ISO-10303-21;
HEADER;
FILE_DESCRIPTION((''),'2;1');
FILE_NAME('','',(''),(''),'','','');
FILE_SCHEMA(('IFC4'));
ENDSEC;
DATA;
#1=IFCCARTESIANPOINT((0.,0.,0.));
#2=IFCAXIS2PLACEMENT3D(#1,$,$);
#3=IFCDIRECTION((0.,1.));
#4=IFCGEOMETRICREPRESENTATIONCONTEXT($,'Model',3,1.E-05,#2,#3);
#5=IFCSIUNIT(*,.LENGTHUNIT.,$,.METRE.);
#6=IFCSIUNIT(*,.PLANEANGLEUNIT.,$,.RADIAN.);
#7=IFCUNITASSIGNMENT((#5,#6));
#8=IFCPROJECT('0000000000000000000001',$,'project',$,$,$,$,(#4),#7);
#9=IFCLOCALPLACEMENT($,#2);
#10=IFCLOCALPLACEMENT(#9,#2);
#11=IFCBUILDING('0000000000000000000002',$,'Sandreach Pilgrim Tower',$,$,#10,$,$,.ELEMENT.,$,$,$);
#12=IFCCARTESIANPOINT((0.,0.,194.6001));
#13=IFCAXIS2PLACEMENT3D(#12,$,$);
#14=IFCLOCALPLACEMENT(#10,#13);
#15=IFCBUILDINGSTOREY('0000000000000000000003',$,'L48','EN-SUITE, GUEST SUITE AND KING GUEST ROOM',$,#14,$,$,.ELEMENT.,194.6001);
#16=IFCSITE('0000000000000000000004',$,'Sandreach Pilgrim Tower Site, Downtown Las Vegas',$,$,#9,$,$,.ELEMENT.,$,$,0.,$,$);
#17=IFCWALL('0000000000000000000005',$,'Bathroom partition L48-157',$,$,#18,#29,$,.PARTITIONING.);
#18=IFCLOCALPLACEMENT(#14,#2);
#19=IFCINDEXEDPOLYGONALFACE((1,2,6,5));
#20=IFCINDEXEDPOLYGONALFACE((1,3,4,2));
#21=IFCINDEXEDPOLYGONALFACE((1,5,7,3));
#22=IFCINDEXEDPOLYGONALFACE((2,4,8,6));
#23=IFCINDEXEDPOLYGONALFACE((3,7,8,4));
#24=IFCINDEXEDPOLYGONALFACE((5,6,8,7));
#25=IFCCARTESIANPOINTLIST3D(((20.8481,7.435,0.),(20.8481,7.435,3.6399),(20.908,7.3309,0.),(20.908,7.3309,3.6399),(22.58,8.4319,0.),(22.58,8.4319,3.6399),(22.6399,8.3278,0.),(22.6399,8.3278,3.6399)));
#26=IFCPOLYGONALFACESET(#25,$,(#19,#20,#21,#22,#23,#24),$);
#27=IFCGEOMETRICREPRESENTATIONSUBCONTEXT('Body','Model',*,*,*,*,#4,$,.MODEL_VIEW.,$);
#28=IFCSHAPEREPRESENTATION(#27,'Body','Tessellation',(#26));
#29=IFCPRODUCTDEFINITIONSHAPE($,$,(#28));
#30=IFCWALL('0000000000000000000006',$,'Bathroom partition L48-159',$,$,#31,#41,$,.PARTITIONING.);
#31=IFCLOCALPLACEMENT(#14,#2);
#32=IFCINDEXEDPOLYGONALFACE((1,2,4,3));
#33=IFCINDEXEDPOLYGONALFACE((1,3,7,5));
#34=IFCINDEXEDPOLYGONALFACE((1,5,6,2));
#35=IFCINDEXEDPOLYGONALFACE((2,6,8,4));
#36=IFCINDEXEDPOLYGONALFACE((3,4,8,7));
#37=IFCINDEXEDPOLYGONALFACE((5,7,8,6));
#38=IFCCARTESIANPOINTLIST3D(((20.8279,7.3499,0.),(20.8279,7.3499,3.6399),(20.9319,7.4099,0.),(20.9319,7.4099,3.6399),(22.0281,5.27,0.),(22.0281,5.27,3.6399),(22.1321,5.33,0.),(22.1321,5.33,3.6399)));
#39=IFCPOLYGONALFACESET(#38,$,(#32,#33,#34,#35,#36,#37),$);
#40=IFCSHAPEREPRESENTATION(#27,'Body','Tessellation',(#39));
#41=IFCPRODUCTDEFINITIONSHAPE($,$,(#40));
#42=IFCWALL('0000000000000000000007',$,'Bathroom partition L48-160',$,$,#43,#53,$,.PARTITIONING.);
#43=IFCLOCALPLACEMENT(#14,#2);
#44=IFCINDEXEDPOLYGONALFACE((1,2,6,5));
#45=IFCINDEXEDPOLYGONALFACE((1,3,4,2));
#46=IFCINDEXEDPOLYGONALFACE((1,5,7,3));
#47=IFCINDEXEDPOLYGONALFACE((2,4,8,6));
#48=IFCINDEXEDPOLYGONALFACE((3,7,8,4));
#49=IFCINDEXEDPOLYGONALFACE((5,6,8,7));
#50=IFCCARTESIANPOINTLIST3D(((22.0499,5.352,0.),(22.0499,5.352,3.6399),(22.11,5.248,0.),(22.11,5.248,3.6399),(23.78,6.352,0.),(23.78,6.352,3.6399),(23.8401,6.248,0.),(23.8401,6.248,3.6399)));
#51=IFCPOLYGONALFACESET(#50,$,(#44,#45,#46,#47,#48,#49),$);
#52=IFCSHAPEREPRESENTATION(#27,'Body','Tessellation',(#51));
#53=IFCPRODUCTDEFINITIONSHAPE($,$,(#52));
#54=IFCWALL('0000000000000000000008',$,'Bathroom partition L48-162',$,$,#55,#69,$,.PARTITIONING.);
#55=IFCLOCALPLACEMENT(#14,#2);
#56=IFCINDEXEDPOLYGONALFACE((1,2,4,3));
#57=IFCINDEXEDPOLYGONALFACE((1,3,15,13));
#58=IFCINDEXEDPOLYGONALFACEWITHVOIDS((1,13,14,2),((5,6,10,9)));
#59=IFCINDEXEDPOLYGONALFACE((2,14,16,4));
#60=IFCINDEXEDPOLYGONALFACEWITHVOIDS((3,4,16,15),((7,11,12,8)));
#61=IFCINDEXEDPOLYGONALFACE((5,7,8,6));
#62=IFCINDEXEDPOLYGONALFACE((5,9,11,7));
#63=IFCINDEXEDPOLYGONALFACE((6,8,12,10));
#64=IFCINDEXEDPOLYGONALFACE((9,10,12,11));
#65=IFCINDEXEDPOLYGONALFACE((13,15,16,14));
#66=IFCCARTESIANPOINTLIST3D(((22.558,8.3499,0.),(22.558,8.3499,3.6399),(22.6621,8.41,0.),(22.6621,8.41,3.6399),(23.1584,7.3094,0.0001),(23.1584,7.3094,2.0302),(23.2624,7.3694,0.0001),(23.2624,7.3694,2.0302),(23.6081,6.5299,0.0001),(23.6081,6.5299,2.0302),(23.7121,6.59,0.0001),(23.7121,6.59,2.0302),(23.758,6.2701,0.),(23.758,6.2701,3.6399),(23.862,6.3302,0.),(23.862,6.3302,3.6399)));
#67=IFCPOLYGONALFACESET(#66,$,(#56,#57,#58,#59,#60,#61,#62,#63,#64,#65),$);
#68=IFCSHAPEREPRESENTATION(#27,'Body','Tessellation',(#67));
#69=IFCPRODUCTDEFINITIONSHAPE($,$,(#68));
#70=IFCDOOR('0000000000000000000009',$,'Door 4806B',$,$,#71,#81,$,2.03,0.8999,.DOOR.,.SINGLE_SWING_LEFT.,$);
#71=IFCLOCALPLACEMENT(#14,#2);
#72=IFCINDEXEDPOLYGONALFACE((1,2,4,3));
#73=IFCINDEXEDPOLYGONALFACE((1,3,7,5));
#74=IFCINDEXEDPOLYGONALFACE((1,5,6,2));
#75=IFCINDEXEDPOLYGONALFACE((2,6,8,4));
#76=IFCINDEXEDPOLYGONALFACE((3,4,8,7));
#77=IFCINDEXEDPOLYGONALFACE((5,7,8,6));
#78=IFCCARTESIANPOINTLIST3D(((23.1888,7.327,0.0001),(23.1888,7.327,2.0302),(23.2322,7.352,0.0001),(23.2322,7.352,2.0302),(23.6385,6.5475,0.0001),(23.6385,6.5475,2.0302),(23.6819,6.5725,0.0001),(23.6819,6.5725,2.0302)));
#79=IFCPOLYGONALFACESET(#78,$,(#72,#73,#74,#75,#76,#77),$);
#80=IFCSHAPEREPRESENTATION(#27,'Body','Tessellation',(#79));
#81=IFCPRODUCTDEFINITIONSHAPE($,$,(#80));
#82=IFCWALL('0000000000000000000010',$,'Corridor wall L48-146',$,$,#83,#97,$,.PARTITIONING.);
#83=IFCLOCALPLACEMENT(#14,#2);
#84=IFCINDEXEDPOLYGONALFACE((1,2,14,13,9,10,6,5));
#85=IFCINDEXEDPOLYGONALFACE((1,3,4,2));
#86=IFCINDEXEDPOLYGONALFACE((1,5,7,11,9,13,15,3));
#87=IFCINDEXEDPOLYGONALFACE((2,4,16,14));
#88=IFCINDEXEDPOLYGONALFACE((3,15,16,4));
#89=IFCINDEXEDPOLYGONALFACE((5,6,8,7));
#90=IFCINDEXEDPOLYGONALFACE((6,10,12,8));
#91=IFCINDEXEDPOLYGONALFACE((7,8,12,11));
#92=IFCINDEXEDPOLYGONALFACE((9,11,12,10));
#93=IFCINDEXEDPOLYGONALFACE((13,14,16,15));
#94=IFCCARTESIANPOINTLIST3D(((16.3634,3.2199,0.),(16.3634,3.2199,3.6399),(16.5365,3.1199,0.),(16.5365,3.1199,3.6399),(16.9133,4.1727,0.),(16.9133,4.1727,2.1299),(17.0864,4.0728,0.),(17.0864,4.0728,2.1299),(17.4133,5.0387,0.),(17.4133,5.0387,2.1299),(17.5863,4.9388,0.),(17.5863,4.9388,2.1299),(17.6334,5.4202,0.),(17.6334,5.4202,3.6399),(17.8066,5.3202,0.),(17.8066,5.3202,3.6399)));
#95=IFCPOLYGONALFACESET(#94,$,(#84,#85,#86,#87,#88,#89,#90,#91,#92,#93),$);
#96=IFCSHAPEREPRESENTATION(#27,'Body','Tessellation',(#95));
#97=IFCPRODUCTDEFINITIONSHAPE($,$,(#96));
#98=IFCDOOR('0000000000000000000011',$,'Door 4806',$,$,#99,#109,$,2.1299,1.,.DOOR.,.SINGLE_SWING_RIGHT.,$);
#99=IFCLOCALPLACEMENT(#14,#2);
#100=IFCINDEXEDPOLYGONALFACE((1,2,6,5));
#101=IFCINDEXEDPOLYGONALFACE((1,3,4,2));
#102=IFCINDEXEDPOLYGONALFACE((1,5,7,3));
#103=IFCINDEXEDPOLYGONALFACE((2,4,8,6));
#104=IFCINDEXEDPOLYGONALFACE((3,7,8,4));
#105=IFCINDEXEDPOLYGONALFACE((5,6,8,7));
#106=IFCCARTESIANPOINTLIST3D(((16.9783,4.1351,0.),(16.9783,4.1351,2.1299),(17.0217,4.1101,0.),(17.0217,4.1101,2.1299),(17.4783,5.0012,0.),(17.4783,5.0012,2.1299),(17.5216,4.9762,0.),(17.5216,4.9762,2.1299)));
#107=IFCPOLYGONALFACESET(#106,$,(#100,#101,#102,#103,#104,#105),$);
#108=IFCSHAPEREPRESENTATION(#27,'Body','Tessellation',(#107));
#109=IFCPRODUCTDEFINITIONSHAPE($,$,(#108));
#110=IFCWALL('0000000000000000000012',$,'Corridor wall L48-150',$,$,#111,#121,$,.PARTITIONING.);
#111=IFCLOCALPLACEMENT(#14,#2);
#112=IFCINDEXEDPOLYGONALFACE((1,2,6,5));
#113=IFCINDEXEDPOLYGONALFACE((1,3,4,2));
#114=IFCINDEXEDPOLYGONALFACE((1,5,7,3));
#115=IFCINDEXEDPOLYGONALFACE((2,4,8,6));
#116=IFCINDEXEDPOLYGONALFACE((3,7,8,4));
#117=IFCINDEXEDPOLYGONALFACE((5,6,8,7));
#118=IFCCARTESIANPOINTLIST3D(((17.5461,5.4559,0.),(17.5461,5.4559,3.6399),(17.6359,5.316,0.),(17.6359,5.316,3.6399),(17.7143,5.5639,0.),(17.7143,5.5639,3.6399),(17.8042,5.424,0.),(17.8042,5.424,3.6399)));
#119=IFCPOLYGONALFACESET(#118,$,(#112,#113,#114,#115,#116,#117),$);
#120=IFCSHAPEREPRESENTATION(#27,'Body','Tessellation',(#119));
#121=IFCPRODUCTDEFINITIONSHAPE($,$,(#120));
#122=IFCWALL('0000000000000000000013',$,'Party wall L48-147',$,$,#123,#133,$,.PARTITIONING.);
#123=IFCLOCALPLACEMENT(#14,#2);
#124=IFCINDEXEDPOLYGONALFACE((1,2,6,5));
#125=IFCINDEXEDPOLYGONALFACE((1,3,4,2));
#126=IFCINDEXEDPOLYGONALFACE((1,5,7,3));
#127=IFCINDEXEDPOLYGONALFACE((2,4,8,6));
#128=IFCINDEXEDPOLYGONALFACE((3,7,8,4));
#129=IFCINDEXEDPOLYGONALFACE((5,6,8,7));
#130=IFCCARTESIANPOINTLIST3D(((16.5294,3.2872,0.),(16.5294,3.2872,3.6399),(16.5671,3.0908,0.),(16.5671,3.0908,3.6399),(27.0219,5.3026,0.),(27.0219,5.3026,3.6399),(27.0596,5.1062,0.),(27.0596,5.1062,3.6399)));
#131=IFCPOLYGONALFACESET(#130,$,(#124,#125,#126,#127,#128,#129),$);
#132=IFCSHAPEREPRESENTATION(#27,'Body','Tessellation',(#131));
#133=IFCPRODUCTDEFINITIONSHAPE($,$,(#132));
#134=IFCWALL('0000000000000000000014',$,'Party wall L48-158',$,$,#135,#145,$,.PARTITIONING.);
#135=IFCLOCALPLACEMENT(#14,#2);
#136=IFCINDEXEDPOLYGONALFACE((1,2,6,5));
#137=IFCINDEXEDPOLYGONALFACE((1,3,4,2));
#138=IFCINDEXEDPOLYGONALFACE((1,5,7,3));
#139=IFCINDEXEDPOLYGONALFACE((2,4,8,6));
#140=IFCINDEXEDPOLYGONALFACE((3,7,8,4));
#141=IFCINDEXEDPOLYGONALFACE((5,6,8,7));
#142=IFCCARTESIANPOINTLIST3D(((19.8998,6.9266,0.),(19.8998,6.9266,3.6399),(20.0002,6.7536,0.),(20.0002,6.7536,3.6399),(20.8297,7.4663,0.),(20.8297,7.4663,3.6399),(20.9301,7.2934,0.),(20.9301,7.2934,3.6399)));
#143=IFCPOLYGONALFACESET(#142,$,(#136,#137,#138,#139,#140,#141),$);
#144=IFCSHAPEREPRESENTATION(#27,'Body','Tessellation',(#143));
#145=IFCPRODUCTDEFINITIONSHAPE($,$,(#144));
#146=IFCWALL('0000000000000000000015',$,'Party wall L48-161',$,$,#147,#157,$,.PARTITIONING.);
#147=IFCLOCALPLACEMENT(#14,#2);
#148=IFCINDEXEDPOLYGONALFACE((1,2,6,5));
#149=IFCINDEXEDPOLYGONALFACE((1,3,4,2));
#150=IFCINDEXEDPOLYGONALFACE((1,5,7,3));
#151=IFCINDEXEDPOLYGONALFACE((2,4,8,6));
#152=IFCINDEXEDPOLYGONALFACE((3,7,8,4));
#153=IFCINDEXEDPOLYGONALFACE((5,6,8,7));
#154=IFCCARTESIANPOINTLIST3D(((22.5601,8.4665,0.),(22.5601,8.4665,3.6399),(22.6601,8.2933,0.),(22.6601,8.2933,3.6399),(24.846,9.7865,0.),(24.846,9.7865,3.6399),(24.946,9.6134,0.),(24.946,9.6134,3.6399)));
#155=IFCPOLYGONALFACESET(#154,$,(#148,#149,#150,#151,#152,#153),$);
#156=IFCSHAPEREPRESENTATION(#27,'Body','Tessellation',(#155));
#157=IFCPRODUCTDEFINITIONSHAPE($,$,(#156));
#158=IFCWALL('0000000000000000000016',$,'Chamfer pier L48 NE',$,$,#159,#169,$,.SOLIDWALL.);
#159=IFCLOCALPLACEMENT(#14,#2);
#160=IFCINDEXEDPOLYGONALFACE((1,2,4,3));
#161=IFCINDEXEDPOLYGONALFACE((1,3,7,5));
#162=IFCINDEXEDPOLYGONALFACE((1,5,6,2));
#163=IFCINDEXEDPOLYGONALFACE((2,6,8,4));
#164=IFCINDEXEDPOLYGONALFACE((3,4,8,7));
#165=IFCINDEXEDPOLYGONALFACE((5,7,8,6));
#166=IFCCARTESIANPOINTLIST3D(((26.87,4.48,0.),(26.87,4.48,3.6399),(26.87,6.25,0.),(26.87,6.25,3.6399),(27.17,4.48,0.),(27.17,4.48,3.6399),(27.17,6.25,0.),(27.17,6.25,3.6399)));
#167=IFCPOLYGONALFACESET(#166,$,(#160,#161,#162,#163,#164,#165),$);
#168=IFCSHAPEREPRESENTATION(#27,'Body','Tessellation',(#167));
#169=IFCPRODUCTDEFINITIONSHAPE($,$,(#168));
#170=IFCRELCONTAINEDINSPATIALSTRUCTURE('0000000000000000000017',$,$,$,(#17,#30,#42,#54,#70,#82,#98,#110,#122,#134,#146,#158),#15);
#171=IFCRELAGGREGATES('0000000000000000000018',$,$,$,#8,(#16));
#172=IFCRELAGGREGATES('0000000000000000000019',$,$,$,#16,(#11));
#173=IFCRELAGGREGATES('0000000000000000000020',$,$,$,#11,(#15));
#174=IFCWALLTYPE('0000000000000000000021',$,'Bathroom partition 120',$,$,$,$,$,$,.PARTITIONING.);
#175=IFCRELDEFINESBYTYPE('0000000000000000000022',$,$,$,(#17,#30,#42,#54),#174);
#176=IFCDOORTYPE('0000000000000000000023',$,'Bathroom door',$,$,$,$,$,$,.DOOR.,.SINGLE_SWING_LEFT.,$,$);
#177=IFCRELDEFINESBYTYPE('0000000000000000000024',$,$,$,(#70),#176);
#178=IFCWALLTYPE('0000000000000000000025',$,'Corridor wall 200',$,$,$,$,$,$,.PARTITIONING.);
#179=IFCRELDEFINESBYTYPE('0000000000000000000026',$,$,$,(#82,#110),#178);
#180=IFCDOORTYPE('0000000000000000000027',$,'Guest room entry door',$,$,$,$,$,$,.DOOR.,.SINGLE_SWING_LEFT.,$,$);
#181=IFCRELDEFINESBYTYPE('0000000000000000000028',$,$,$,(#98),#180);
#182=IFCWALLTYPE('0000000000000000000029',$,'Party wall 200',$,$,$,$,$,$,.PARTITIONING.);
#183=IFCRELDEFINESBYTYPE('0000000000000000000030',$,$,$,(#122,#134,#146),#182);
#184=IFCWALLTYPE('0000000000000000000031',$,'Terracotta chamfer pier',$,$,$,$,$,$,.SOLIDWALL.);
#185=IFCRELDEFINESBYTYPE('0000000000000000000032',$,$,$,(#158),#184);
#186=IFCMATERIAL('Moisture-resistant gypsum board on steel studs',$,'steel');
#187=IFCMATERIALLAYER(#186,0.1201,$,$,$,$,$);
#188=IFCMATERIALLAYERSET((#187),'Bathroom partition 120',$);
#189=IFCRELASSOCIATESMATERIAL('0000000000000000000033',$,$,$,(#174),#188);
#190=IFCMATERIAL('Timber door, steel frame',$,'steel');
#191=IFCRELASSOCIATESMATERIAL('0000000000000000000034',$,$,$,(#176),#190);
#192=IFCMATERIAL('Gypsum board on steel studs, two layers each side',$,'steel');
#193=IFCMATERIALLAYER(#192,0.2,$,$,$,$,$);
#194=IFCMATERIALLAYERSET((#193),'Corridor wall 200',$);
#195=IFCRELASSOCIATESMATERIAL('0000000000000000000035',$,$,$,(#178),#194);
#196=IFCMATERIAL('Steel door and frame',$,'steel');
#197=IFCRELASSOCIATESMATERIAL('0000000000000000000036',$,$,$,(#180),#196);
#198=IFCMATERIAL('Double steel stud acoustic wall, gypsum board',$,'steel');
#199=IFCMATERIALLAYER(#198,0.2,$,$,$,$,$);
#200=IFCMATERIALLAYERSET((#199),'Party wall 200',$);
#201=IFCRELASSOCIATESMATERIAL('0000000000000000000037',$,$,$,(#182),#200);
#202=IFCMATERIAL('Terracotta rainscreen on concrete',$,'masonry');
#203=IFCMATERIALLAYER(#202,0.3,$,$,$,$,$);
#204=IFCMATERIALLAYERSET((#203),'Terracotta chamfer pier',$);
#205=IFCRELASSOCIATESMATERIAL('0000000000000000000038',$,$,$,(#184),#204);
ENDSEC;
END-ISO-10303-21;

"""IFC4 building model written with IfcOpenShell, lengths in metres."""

from ifc_helpers import new_model, si_unit, direction, frame, frame_2d, origin, place, context, subcontext, project, spatial, rectangle, extrude, material, layer, layer_set, type_object, element, fill, save


model = new_model("IFC4")

# Units and contexts
model_context = context("Model", 3, precision=1e-05, world=origin(), true_north=direction((0.0, 1.0)))
body_context = subcontext(model_context, "Body", "Model", "MODEL_VIEW")
ifc_project = project(units=[si_unit("LENGTHUNIT", "METRE"), si_unit("PLANEANGLEUNIT", "RADIAN")], contexts=[model_context])

# Site, building, storey
site_placement = place(None, origin())
site = spatial("IfcSite", under=ifc_project, at=site_placement, Name="Sandreach Pilgrim Tower Site, Downtown Las Vegas", CompositionType="ELEMENT", RefElevation=0.0)
building_placement = place(site_placement, origin())
building = spatial("IfcBuilding", under=site, at=building_placement, Name="Sandreach Pilgrim Tower", CompositionType="ELEMENT")
storey_placement = place(building_placement, frame((0.0, 0.0, 194.6001)))
storey = spatial("IfcBuildingStorey", under=building, at=storey_placement, Name="L48", Description="EN-SUITE, GUEST SUITE AND KING GUEST ROOM", CompositionType="ELEMENT", Elevation=194.6001)

# Shared definitions
ifc_material_1 = material(Name="Moisture-resistant gypsum board on steel studs", Category="steel")
ifc_layer_1 = layer(ifc_material_1, 0.1201)
ifc_layer_set_1 = layer_set([ifc_layer_1], Name="Bathroom partition 120")
wall_type_1 = type_object("IfcWallType", Name="Bathroom partition 120", PredefinedType="PARTITIONING", material=ifc_layer_set_1)

# Shared definitions
ifc_material_2 = material(Name="Timber door, steel frame", Category="steel")
door_type_1 = type_object("IfcDoorType", Name="Bathroom door", OperationType="SINGLE_SWING_LEFT", PredefinedType="DOOR", material=ifc_material_2)

# Walls
wall_1_placement = place(storey_placement, frame((20.8782, 7.3831, 0.0), z_axis=(0.0, 0.0, 1.0), x_axis=(0.866698, 0.498834, 0.0)))
element("IfcWall", 1, at=wall_1_placement, inside=storey, type_object=wall_type_1, Name="Bathroom partition L48-157", PredefinedType="PARTITIONING", context=body_context, shape_type="SweptSolid", body=[
    extrude(rectangle(XDim=1.9983, YDim=0.1201, at=frame_2d((0.999, 0.0))), origin(), (0.0, 0.0, 1.0), 3.6399),
])
wall_2_placement = place(storey_placement, frame((20.8799, 7.3799, 0.0), z_axis=(0.0, 0.0, 1.0), x_axis=(0.499813, -0.866133, 0.0)))
element("IfcWall", 2, at=wall_2_placement, inside=storey, type_object=wall_type_1, Name="Bathroom partition L48-159", PredefinedType="PARTITIONING", context=body_context, shape_type="SweptSolid", body=[
    extrude(rectangle(XDim=2.4014, YDim=0.1201, at=frame_2d((1.2007, 0.0))), origin(), (0.0, 0.0, 1.0), 3.6399),
])
wall_3_placement = place(storey_placement, frame((22.0801, 5.3, 0.0), z_axis=(0.0, 0.0, 1.0), x_axis=(0.865766, 0.500449, 0.0)))
element("IfcWall", 3, at=wall_3_placement, inside=storey, type_object=wall_type_1, Name="Bathroom partition L48-160", PredefinedType="PARTITIONING", context=body_context, shape_type="SweptSolid", body=[
    extrude(rectangle(XDim=1.9983, YDim=0.1201, at=frame_2d((0.999, 0.0))), origin(), (0.0, 0.0, 1.0), 3.6399),
])

# Walls, openings, doors
wall_4_placement = place(storey_placement, frame((23.8101, 6.3, 0.0), z_axis=(0.0, 0.0, 1.0), x_axis=(-0.499737, 0.866177, 0.0)))
wall_4 = element("IfcWall", 4, at=wall_4_placement, inside=storey, type_object=wall_type_1, Name="Bathroom partition L48-162", PredefinedType="PARTITIONING", context=body_context, shape_type="SweptSolid", body=[
    extrude(rectangle(XDim=2.4011, YDim=0.1201, at=frame_2d((1.2007, 0.0))), origin(), (0.0, 0.0, 1.0), 3.6399),
])
opening_1_placement = place(wall_4_placement, frame((0.3, 0.0, 0.0)))
opening_1 = element("IfcOpeningElement", 5, at=opening_1_placement, cuts=wall_4, PredefinedType="OPENING", context=body_context, shape_type="SweptSolid", body=[
    extrude(rectangle(XDim=0.8999, YDim=2.03, at=frame_2d((0.45, 1.0151))), frame((0.0, 0.0601, 0.0), z_axis=(0.0, -1.0, 0.0), x_axis=(1.0, 0.0, 0.0)), (0.0, 0.0, 1.0), 0.1201),
])
door_1_placement = place(opening_1_placement, origin())
door_1 = element("IfcDoor", 6, at=door_1_placement, inside=storey, type_object=door_type_1, Name="Door 4806B", OperationType="SINGLE_SWING_LEFT", OverallHeight=2.03, OverallWidth=0.8999, PredefinedType="DOOR", context=body_context, shape_type="SweptSolid", body=[
    extrude(rectangle(XDim=0.8999, YDim=2.03, at=frame_2d((0.45, 1.0151))), frame((0.0, 0.0249, 0.0), z_axis=(0.0, -1.0, 0.0), x_axis=(1.0, 0.0, 0.0)), (0.0, 0.0, 1.0), 0.05),
])
fill(opening_1, door_1)
ifc_material_3 = material(Name="Gypsum board on steel studs, two layers each side", Category="steel")
ifc_layer_2 = layer(ifc_material_3, 0.2)
ifc_layer_set_2 = layer_set([ifc_layer_2], Name="Corridor wall 200")
wall_type_2 = type_object("IfcWallType", Name="Corridor wall 200", PredefinedType="PARTITIONING", material=ifc_layer_set_2)
ifc_material_4 = material(Name="Steel door and frame", Category="steel")
door_type_2 = type_object("IfcDoorType", Name="Guest room entry door", OperationType="SINGLE_SWING_LEFT", PredefinedType="DOOR", material=ifc_material_4)
wall_5_placement = place(storey_placement, frame((16.45, 3.1699, 0.0), z_axis=(0.0, 0.0, 1.0), x_axis=(0.499922, 0.86607, 0.0)))
wall_5 = element("IfcWall", 7, at=wall_5_placement, inside=storey, type_object=wall_type_2, Name="Corridor wall L48-146", PredefinedType="PARTITIONING", context=body_context, shape_type="SweptSolid", body=[
    extrude(rectangle(XDim=2.5405, YDim=0.2, at=frame_2d((1.2703, 0.0))), origin(), (0.0, 0.0, 1.0), 3.6399),
])
opening_2_placement = place(wall_5_placement, frame((1.1001, 0.0, 0.0)))
opening_2 = element("IfcOpeningElement", 8, at=opening_2_placement, cuts=wall_5, PredefinedType="OPENING", context=body_context, shape_type="SweptSolid", body=[
    extrude(rectangle(XDim=1.0, YDim=2.1299, at=frame_2d((0.5, 1.0649))), frame((0.0, 0.1001, 0.0), z_axis=(0.0, -1.0, 0.0), x_axis=(1.0, 0.0, 0.0)), (0.0, 0.0, 1.0), 0.2),
])
door_2_placement = place(opening_2_placement, origin())
door_2 = element("IfcDoor", 9, at=door_2_placement, inside=storey, type_object=door_type_2, Name="Door 4806", OperationType="SINGLE_SWING_RIGHT", OverallHeight=2.1299, OverallWidth=1.0, PredefinedType="DOOR", context=body_context, shape_type="SweptSolid", body=[
    extrude(rectangle(XDim=1.0, YDim=2.1299, at=frame_2d((0.5, 1.0649))), frame((0.0, 0.0249, 0.0), z_axis=(0.0, -1.0, 0.0), x_axis=(1.0, 0.0, 0.0)), (0.0, 0.0, 1.0), 0.05),
])
fill(opening_2, door_2)

# Walls
wall_6_placement = place(storey_placement, frame((17.72, 5.3701, 0.0), z_axis=(0.0, 0.0, 1.0), x_axis=(-0.540386, 0.841417, 0.0)))
element("IfcWall", 10, at=wall_6_placement, inside=storey, type_object=wall_type_2, Name="Corridor wall L48-150", PredefinedType="PARTITIONING", context=body_context, shape_type="SweptSolid", body=[
    extrude(rectangle(XDim=0.1663, YDim=0.2, at=frame_2d((0.083, 0.0))), origin(), (0.0, 0.0, 1.0), 3.6399),
])
ifc_material_5 = material(Name="Double steel stud acoustic wall, gypsum board", Category="steel")
ifc_layer_3 = layer(ifc_material_5, 0.2)
ifc_layer_set_3 = layer_set([ifc_layer_3], Name="Party wall 200")
wall_type_3 = type_object("IfcWallType", Name="Party wall 200", PredefinedType="PARTITIONING", material=ifc_layer_set_3)
wall_7_placement = place(storey_placement, frame((16.5481, 3.189, 0.0), z_axis=(0.0, 0.0, 1.0), x_axis=(0.982048, 0.188631, 0.0)))
element("IfcWall", 11, at=wall_7_placement, inside=storey, type_object=wall_type_3, Name="Party wall L48-147", PredefinedType="PARTITIONING", context=body_context, shape_type="SweptSolid", body=[
    extrude(rectangle(XDim=10.6843, YDim=0.2, at=frame_2d((5.3423, 0.0))), origin(), (0.0, 0.0, 1.0), 3.6399),
])
wall_8_placement = place(storey_placement, frame((20.8799, 7.3799, 0.0), z_axis=(0.0, 0.0, 1.0), x_axis=(-0.864856, -0.50202, 0.0)))
element("IfcWall", 12, at=wall_8_placement, inside=storey, type_object=wall_type_3, Name="Party wall L48-158", PredefinedType="PARTITIONING", context=body_context, shape_type="SweptSolid", body=[
    extrude(rectangle(XDim=1.0752, YDim=0.2, at=frame_2d((0.5376, 0.0))), origin(), (0.0, 0.0, 1.0), 3.6399),
])
wall_9_placement = place(storey_placement, frame((22.6101, 8.3799, 0.0), z_axis=(0.0, 0.0, 1.0), x_axis=(0.865975, 0.500088, 0.0)))
element("IfcWall", 13, at=wall_9_placement, inside=storey, type_object=wall_type_3, Name="Party wall L48-161", PredefinedType="PARTITIONING", context=body_context, shape_type="SweptSolid", body=[
    extrude(rectangle(XDim=2.6396, YDim=0.2, at=frame_2d((1.3198, 0.0))), origin(), (0.0, 0.0, 1.0), 3.6399),
])
ifc_material_6 = material(Name="Terracotta rainscreen on concrete", Category="masonry")
ifc_layer_4 = layer(ifc_material_6, 0.3)
ifc_layer_set_4 = layer_set([ifc_layer_4], Name="Terracotta chamfer pier")
wall_type_4 = type_object("IfcWallType", Name="Terracotta chamfer pier", PredefinedType="SOLIDWALL", material=ifc_layer_set_4)
wall_10_placement = place(storey_placement, frame((27.02, 6.25, 0.0), z_axis=(0.0, 0.0, 1.0), x_axis=(0.0, -1.0, 0.0)))
element("IfcWall", 14, at=wall_10_placement, inside=storey, type_object=wall_type_4, Name="Chamfer pier L48 NE", PredefinedType="SOLIDWALL", context=body_context, shape_type="SweptSolid", body=[
    extrude(rectangle(XDim=1.77, YDim=0.3, at=frame_2d((0.885, 0.0))), origin(), (0.0, 0.0, 1.0), 3.6399),
])

save(model, "model.ifc")
